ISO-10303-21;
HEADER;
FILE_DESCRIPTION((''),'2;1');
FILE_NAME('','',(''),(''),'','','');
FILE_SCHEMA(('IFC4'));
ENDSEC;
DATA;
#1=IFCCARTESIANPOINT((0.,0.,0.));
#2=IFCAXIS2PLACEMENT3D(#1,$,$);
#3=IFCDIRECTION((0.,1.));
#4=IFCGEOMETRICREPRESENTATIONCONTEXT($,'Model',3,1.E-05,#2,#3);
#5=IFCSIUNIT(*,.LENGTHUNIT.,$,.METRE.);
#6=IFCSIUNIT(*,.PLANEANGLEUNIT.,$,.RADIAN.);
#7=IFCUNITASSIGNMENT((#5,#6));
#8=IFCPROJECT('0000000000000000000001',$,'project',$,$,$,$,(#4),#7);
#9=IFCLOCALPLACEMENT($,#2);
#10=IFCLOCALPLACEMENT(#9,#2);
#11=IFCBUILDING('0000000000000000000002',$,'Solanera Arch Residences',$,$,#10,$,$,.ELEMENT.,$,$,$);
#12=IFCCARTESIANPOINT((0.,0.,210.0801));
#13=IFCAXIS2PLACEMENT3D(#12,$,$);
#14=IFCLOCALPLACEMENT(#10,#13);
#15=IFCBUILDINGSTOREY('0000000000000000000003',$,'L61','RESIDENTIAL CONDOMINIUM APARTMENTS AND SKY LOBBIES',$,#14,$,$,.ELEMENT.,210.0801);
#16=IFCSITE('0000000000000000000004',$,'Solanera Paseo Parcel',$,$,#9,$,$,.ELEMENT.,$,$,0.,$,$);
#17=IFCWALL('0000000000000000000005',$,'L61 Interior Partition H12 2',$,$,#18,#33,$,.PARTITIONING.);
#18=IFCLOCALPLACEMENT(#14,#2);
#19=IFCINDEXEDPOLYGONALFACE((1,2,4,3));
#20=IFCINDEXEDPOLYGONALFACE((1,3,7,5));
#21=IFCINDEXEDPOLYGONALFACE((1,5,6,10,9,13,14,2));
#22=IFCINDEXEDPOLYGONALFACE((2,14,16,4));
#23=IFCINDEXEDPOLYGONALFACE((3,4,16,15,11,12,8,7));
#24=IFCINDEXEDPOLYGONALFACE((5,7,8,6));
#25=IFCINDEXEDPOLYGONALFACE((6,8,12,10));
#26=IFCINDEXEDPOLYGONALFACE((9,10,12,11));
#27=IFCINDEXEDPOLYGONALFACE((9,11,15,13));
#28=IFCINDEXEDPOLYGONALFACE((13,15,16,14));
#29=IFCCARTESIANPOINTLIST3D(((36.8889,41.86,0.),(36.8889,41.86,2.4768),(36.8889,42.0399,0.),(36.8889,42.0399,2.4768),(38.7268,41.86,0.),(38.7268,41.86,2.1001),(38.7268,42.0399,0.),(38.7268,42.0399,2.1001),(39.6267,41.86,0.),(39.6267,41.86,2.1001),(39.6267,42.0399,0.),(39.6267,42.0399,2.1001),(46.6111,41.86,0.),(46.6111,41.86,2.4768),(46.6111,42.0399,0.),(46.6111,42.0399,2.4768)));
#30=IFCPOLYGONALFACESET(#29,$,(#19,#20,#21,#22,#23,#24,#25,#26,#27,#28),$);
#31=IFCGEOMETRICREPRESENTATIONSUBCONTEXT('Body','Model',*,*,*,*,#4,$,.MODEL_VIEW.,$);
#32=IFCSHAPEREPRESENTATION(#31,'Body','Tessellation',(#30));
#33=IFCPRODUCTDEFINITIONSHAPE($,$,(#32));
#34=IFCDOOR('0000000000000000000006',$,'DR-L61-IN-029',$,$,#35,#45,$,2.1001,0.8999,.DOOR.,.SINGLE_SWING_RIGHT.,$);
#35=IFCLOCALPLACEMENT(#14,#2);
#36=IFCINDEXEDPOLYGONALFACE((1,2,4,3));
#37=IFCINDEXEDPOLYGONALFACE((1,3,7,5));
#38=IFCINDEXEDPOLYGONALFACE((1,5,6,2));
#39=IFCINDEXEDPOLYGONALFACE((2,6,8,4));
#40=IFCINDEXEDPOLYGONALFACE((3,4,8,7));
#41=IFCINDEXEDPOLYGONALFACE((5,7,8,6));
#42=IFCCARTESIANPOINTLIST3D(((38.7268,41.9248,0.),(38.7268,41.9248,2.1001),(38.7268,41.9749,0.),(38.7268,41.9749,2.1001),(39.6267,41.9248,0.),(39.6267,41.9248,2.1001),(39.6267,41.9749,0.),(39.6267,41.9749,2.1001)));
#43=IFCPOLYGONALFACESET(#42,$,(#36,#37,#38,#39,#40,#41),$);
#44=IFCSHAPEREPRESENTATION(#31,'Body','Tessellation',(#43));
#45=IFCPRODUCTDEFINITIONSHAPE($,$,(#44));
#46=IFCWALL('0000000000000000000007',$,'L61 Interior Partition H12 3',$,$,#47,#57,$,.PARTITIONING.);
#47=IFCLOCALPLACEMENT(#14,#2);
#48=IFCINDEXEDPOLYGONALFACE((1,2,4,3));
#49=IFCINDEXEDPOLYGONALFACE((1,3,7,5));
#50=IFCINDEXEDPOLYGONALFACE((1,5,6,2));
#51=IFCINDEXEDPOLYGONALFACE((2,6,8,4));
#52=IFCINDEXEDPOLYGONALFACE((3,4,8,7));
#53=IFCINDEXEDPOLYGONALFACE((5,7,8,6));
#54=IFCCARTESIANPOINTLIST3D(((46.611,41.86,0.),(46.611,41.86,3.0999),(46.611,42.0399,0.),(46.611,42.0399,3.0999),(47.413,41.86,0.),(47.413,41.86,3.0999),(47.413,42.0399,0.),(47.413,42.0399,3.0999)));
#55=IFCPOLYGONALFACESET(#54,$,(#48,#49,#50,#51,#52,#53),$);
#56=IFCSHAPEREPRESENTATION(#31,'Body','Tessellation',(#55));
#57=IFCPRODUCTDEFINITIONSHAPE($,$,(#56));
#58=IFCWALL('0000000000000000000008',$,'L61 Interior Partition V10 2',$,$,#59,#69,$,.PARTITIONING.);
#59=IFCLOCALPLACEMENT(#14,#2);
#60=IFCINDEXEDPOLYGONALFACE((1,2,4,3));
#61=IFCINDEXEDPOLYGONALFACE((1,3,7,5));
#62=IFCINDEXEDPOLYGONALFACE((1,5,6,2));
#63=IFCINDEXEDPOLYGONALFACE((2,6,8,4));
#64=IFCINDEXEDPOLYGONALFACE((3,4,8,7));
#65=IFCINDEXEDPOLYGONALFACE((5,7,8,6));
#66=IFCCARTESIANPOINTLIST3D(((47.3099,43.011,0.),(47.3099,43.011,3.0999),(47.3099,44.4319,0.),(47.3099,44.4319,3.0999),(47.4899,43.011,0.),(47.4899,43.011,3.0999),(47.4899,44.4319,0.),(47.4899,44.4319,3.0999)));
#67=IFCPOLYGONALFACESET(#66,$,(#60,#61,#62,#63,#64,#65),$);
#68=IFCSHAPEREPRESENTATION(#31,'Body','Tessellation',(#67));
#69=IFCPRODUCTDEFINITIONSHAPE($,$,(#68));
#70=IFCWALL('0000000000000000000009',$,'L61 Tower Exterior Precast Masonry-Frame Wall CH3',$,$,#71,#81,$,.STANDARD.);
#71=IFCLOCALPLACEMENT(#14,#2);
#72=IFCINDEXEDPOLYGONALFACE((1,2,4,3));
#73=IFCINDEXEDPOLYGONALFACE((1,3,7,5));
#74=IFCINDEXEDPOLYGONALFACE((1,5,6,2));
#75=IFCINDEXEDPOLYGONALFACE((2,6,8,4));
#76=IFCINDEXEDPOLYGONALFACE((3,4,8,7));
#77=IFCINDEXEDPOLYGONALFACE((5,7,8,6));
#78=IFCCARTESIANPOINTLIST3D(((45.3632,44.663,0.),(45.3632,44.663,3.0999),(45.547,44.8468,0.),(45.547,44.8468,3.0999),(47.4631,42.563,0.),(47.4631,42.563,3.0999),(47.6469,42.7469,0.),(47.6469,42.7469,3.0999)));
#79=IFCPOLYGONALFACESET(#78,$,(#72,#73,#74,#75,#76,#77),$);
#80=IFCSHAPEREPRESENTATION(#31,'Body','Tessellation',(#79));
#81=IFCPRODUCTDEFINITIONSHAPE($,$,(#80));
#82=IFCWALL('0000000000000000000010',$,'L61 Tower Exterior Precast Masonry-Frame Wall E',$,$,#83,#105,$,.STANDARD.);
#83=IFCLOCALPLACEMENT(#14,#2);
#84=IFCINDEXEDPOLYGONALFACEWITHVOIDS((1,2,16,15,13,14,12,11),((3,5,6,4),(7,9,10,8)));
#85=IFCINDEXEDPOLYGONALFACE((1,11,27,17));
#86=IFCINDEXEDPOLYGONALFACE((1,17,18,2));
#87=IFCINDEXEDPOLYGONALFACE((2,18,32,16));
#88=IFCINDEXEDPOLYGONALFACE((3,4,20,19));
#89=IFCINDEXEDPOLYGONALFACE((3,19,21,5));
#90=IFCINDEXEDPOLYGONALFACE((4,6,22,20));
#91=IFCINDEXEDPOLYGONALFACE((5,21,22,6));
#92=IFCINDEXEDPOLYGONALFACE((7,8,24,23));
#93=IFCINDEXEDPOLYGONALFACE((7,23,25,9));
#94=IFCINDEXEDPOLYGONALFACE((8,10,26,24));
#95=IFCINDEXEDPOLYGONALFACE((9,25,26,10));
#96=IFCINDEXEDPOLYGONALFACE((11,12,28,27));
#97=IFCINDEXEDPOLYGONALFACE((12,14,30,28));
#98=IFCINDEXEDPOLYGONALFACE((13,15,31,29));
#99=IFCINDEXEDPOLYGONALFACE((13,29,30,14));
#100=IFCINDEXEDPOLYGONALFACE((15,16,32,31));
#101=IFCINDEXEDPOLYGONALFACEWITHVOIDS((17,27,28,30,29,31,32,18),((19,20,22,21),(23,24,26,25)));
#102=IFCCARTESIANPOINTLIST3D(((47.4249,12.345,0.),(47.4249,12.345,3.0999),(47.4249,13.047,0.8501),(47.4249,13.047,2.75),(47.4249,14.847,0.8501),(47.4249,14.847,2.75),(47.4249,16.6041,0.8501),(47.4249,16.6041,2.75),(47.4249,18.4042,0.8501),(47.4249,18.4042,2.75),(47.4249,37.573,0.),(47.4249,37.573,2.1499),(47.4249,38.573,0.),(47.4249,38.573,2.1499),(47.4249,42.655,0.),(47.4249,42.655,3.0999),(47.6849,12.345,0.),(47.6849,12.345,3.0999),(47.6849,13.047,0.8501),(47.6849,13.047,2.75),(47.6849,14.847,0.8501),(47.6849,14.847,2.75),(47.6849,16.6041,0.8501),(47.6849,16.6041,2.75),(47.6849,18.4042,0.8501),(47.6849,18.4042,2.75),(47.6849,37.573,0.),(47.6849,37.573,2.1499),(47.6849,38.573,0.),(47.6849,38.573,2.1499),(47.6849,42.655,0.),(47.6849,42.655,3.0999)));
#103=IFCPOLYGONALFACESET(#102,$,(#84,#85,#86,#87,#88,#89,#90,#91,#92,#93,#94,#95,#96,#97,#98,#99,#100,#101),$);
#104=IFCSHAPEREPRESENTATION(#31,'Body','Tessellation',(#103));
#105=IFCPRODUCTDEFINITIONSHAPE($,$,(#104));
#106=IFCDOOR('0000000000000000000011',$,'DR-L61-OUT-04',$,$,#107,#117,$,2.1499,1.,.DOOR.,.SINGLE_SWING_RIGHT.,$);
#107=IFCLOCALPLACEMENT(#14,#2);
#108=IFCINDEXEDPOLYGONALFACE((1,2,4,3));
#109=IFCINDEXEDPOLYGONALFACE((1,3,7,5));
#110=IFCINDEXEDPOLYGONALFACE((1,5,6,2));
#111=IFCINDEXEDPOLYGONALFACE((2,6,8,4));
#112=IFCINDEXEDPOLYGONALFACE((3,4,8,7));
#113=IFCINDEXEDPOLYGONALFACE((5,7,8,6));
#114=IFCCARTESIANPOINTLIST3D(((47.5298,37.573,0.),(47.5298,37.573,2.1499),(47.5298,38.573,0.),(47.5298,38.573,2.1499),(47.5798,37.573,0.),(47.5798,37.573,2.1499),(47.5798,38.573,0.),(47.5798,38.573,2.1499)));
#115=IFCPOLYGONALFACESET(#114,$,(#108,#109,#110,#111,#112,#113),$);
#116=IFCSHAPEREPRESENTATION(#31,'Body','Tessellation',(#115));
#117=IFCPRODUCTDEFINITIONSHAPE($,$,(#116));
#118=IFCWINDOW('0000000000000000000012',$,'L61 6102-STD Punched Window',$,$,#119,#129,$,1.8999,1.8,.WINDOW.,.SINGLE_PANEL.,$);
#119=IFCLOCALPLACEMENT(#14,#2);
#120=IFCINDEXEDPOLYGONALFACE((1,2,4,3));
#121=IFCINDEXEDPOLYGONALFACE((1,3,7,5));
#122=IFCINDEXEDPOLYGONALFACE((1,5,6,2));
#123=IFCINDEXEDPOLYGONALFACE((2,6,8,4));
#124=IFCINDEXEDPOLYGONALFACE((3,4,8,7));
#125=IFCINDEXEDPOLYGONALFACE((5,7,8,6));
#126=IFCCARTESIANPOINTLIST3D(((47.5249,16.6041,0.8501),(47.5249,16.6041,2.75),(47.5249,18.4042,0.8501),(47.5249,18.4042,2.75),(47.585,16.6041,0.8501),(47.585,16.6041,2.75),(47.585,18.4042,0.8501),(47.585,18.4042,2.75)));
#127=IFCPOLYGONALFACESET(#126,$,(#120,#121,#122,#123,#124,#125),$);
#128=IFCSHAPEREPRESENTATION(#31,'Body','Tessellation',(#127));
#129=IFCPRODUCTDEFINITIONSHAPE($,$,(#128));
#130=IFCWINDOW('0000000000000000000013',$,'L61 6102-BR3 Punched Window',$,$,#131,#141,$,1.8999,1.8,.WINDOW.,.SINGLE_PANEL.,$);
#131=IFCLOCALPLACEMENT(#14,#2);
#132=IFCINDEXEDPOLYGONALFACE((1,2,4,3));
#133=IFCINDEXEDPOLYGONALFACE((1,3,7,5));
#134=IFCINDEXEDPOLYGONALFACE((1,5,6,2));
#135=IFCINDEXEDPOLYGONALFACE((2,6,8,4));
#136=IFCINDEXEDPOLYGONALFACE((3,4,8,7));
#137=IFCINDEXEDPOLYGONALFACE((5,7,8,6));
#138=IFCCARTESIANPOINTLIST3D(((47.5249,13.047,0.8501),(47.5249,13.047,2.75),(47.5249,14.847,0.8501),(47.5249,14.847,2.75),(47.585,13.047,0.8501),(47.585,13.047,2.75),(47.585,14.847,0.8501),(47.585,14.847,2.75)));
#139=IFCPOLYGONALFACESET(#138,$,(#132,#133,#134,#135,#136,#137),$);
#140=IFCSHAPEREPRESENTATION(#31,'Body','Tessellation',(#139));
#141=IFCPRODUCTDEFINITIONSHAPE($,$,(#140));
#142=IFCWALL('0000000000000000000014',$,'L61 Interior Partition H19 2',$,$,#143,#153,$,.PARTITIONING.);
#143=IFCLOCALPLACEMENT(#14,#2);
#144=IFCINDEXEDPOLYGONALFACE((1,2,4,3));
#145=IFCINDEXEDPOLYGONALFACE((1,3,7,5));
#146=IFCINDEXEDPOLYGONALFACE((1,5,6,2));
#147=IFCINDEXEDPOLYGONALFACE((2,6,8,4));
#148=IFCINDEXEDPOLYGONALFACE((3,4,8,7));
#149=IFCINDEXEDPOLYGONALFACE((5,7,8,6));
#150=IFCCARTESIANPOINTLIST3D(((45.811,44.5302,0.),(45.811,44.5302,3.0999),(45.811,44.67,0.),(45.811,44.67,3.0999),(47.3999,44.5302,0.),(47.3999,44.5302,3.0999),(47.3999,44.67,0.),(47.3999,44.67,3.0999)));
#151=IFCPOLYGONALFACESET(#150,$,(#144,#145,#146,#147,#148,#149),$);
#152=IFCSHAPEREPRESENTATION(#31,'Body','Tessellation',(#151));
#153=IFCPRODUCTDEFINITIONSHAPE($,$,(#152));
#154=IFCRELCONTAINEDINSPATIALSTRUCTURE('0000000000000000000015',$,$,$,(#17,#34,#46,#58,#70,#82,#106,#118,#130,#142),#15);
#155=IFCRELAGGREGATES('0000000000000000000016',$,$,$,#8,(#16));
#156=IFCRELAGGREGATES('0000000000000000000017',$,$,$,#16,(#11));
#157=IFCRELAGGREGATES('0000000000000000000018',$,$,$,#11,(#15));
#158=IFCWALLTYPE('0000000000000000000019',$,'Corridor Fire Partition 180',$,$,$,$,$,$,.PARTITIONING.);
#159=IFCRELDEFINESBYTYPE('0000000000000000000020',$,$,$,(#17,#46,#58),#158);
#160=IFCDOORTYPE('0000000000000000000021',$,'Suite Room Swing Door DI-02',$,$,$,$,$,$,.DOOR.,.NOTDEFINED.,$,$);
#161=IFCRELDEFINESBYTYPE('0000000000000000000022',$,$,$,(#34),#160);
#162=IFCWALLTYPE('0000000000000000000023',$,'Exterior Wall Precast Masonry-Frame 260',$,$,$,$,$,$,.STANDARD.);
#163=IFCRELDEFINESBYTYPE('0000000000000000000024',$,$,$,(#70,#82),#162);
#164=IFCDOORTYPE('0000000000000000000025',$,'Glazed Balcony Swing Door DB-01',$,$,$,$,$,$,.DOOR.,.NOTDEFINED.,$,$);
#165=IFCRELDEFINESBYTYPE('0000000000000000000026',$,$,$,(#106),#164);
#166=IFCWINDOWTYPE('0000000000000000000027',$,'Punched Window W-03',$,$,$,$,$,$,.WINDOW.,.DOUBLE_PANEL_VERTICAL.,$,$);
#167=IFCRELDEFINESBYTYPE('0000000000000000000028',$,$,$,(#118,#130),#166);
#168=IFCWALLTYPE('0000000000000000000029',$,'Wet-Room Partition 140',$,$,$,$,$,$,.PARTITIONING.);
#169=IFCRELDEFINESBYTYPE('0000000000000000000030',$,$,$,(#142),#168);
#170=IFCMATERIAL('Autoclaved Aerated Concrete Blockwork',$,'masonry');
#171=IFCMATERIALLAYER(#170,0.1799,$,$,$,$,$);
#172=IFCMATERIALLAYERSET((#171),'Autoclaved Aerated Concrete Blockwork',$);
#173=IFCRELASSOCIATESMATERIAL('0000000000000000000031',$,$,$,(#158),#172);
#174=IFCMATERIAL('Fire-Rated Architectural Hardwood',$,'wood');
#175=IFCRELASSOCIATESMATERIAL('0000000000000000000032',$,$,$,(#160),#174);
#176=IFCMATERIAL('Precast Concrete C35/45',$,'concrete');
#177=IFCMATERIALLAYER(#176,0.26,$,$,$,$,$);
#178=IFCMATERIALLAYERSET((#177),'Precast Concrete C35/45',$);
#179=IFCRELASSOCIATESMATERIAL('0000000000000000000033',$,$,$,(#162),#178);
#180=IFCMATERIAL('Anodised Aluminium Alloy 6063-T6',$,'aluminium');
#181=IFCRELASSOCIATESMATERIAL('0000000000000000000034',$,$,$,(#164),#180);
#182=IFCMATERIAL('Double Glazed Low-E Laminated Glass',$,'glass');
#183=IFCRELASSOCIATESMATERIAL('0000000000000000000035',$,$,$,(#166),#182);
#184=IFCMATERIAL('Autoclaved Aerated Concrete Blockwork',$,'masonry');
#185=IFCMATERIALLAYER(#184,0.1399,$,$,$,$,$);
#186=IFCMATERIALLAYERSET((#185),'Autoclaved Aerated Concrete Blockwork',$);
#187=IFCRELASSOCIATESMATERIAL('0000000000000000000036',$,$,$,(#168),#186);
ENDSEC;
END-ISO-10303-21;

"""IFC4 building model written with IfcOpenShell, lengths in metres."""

from ifc_helpers import new_model, si_unit, direction, frame, frame_2d, origin, place, context, subcontext, project, spatial, rectangle, extrude, material, layer, layer_set, type_object, element, fill, save


model = new_model("IFC4")

# Units and contexts
model_context = context("Model", 3, precision=1e-05, world=origin(), true_north=direction((0.0, 1.0)))
body_context = subcontext(model_context, "Body", "Model", "MODEL_VIEW")
ifc_project = project(units=[si_unit("LENGTHUNIT", "METRE"), si_unit("PLANEANGLEUNIT", "RADIAN")], contexts=[model_context])

# Site, building, storey
site_placement = place(None, origin())
site = spatial("IfcSite", under=ifc_project, at=site_placement, Name="Solanera Paseo Parcel", CompositionType="ELEMENT", RefElevation=0.0)
building_placement = place(site_placement, origin())
building = spatial("IfcBuilding", under=site, at=building_placement, Name="Solanera Arch Residences", CompositionType="ELEMENT")
storey_placement = place(building_placement, frame((0.0, 0.0, 210.0801)))
storey = spatial("IfcBuildingStorey", under=building, at=storey_placement, Name="L61", Description="RESIDENTIAL CONDOMINIUM APARTMENTS AND SKY LOBBIES", CompositionType="ELEMENT", Elevation=210.0801)

# Shared definitions
ifc_material_1 = material(Name="Autoclaved Aerated Concrete Blockwork", Category="masonry")
ifc_layer_1 = layer(ifc_material_1, 0.1799)
ifc_layer_set_1 = layer_set([ifc_layer_1], Name="Autoclaved Aerated Concrete Blockwork")
wall_type_1 = type_object("IfcWallType", Name="Corridor Fire Partition 180", PredefinedType="PARTITIONING", material=ifc_layer_set_1)

# Wall, opening, door
wall_1_placement = place(storey_placement, frame((36.8889, 41.95, 0.0), z_axis=(0.0, 0.0, 1.0), x_axis=(1.0, 0.0, 0.0)))
wall_1 = element("IfcWall", 1, at=wall_1_placement, inside=storey, type_object=wall_type_1, Name="L61 Interior Partition H12 2", PredefinedType="PARTITIONING", context=body_context, shape_type="SweptSolid", body=[
    extrude(rectangle(XDim=9.7222, YDim=0.1799, at=frame_2d((4.8611, 0.0))), origin(), (0.0, 0.0, 1.0), 2.4768),
])
opening_1_placement = place(wall_1_placement, frame((1.8379, 0.0, 0.0)))
opening_1 = element("IfcOpeningElement", 2, at=opening_1_placement, cuts=wall_1, PredefinedType="OPENING", context=body_context, shape_type="SweptSolid", body=[
    extrude(rectangle(XDim=0.8999, YDim=2.1001, at=frame_2d((0.45, 1.05))), frame((0.0, 0.1001, 0.0), z_axis=(0.0, -1.0, 0.0), x_axis=(1.0, 0.0, 0.0)), (0.0, 0.0, 1.0), 0.1999),
])
ifc_material_2 = material(Name="Fire-Rated Architectural Hardwood", Category="wood")
door_type_1 = type_object("IfcDoorType", Name="Suite Room Swing Door DI-02", OperationType="NOTDEFINED", PredefinedType="DOOR", material=ifc_material_2)
door_1_placement = place(opening_1_placement, origin())
door_1 = element("IfcDoor", 3, at=door_1_placement, inside=storey, type_object=door_type_1, Name="DR-L61-IN-029", OperationType="SINGLE_SWING_RIGHT", OverallHeight=2.1001, OverallWidth=0.8999, PredefinedType="DOOR", context=body_context, shape_type="SweptSolid", body=[
    extrude(rectangle(XDim=0.8999, YDim=2.1001, at=frame_2d((0.45, 1.05))), frame((0.0, 0.0249, 0.0), z_axis=(0.0, -1.0, 0.0), x_axis=(1.0, 0.0, 0.0)), (0.0, 0.0, 1.0), 0.05),
])
fill(opening_1, door_1)

# Walls
wall_2_placement = place(storey_placement, frame((46.6111, 41.95, 0.0), z_axis=(0.0, 0.0, 1.0), x_axis=(1.0, 0.0, 0.0)))
element("IfcWall", 4, at=wall_2_placement, inside=storey, type_object=wall_type_1, Name="L61 Interior Partition H12 3", PredefinedType="PARTITIONING", context=body_context, shape_type="SweptSolid", body=[
    extrude(rectangle(XDim=0.802, YDim=0.1799, at=frame_2d((0.4009, 0.0))), origin(), (0.0, 0.0, 1.0), 3.0999),
])
wall_3_placement = place(storey_placement, frame((47.3999, 43.011, 0.0), z_axis=(0.0, 0.0, 1.0), x_axis=(0.0, 1.0, 0.0)))
element("IfcWall", 5, at=wall_3_placement, inside=storey, type_object=wall_type_1, Name="L61 Interior Partition V10 2", PredefinedType="PARTITIONING", context=body_context, shape_type="SweptSolid", body=[
    extrude(rectangle(XDim=1.4209, YDim=0.1799, at=frame_2d((0.7104, 0.0))), origin(), (0.0, 0.0, 1.0), 3.0999),
])
ifc_material_3 = material(Name="Precast Concrete C35/45", Category="concrete")
ifc_layer_2 = layer(ifc_material_3, 0.26)
ifc_layer_set_2 = layer_set([ifc_layer_2], Name="Precast Concrete C35/45")
wall_type_2 = type_object("IfcWallType", Name="Exterior Wall Precast Masonry-Frame 260", PredefinedType="STANDARD", material=ifc_layer_set_2)
wall_4_placement = place(storey_placement, frame((45.4551, 44.7549, 0.0), z_axis=(0.0, 0.0, 1.0), x_axis=(0.707107, -0.707107, 0.0)))
element("IfcWall", 6, at=wall_4_placement, inside=storey, type_object=wall_type_2, Name="L61 Tower Exterior Precast Masonry-Frame Wall CH3", PredefinedType="STANDARD", context=body_context, shape_type="SweptSolid", body=[
    extrude(rectangle(XDim=2.9697, YDim=0.26, at=frame_2d((1.4849, 0.0))), origin(), (0.0, 0.0, 1.0), 3.0999),
])

# Wall, openings, door, windows
wall_5_placement = place(storey_placement, frame((47.5549, 42.655, 0.0), z_axis=(0.0, 0.0, 1.0), x_axis=(0.0, -1.0, 0.0)))
wall_5 = element("IfcWall", 7, at=wall_5_placement, inside=storey, type_object=wall_type_2, Name="L61 Tower Exterior Precast Masonry-Frame Wall E", PredefinedType="STANDARD", context=body_context, shape_type="SweptSolid", body=[
    extrude(rectangle(XDim=30.3101, YDim=0.26, at=frame_2d((15.155, 0.0))), origin(), (0.0, 0.0, 1.0), 3.0999),
])
opening_2_placement = place(wall_5_placement, frame((4.082, 0.0, 0.0)))
opening_2 = element("IfcOpeningElement", 8, at=opening_2_placement, cuts=wall_5, PredefinedType="OPENING", context=body_context, shape_type="SweptSolid", body=[
    extrude(rectangle(XDim=1.0, YDim=2.1499, at=frame_2d((0.5, 1.075))), frame((0.0, 0.1399, 0.0), z_axis=(0.0, -1.0, 0.0), x_axis=(1.0, 0.0, 0.0)), (0.0, 0.0, 1.0), 0.28),
])
opening_3_placement = place(wall_5_placement, frame((24.251, 0.0, 0.8501)))
opening_3 = element("IfcOpeningElement", 9, at=opening_3_placement, cuts=wall_5, PredefinedType="OPENING", context=body_context, shape_type="SweptSolid", body=[
    extrude(rectangle(XDim=1.8, YDim=1.8999, at=frame_2d((0.8999, 0.95))), frame((0.0, 0.1399, 0.0), z_axis=(0.0, -1.0, 0.0), x_axis=(1.0, 0.0, 0.0)), (0.0, 0.0, 1.0), 0.28),
])
opening_4_placement = place(wall_5_placement, frame((27.8081, 0.0, 0.8501)))
opening_4 = element("IfcOpeningElement", 10, at=opening_4_placement, cuts=wall_5, PredefinedType="OPENING", context=body_context, shape_type="SweptSolid", body=[
    extrude(rectangle(XDim=1.8, YDim=1.8999, at=frame_2d((0.8999, 0.95))), frame((0.0, 0.1399, 0.0), z_axis=(0.0, -1.0, 0.0), x_axis=(1.0, 0.0, 0.0)), (0.0, 0.0, 1.0), 0.28),
])
ifc_material_4 = material(Name="Anodised Aluminium Alloy 6063-T6", Category="aluminium")
door_type_2 = type_object("IfcDoorType", Name="Glazed Balcony Swing Door DB-01", OperationType="NOTDEFINED", PredefinedType="DOOR", material=ifc_material_4)
door_2_placement = place(opening_2_placement, origin())
door_2 = element("IfcDoor", 11, at=door_2_placement, inside=storey, type_object=door_type_2, Name="DR-L61-OUT-04", OperationType="SINGLE_SWING_RIGHT", OverallHeight=2.1499, OverallWidth=1.0, PredefinedType="DOOR", context=body_context, shape_type="SweptSolid", body=[
    extrude(rectangle(XDim=1.0, YDim=2.1499, at=frame_2d((0.5, 1.075))), frame((0.0, 0.0249, 0.0), z_axis=(0.0, -1.0, 0.0), x_axis=(1.0, 0.0, 0.0)), (0.0, 0.0, 1.0), 0.05),
])
fill(opening_2, door_2)
ifc_material_5 = material(Name="Double Glazed Low-E Laminated Glass", Category="glass")
window_type = type_object("IfcWindowType", Name="Punched Window W-03", PartitioningType="DOUBLE_PANEL_VERTICAL", PredefinedType="WINDOW", material=ifc_material_5)
window_1_placement = place(opening_3_placement, origin())
window_1 = element("IfcWindow", 12, at=window_1_placement, inside=storey, type_object=window_type, Name="L61 6102-STD Punched Window", OverallHeight=1.8999, OverallWidth=1.8, PartitioningType="SINGLE_PANEL", PredefinedType="WINDOW", context=body_context, shape_type="SweptSolid", body=[
    extrude(rectangle(XDim=1.8, YDim=1.8999, at=frame_2d((0.8999, 0.95))), frame((0.0, 0.03, 0.0), z_axis=(0.0, -1.0, 0.0), x_axis=(1.0, 0.0, 0.0)), (0.0, 0.0, 1.0), 0.0601),
])
fill(opening_3, window_1)
window_2_placement = place(opening_4_placement, origin())
window_2 = element("IfcWindow", 13, at=window_2_placement, inside=storey, type_object=window_type, Name="L61 6102-BR3 Punched Window", OverallHeight=1.8999, OverallWidth=1.8, PartitioningType="SINGLE_PANEL", PredefinedType="WINDOW", context=body_context, shape_type="SweptSolid", body=[
    extrude(rectangle(XDim=1.8, YDim=1.8999, at=frame_2d((0.8999, 0.95))), frame((0.0, 0.03, 0.0), z_axis=(0.0, -1.0, 0.0), x_axis=(1.0, 0.0, 0.0)), (0.0, 0.0, 1.0), 0.0601),
])
fill(opening_4, window_2)

# Wall
ifc_material_6 = material(Name="Autoclaved Aerated Concrete Blockwork", Category="masonry")
ifc_layer_3 = layer(ifc_material_6, 0.1399)
ifc_layer_set_3 = layer_set([ifc_layer_3], Name="Autoclaved Aerated Concrete Blockwork")
wall_type_3 = type_object("IfcWallType", Name="Wet-Room Partition 140", PredefinedType="PARTITIONING", material=ifc_layer_set_3)
wall_6_placement = place(storey_placement, frame((45.811, 44.6001, 0.0), z_axis=(0.0, 0.0, 1.0), x_axis=(1.0, 0.0, 0.0)))
element("IfcWall", 14, at=wall_6_placement, inside=storey, type_object=wall_type_3, Name="L61 Interior Partition H19 2", PredefinedType="PARTITIONING", context=body_context, shape_type="SweptSolid", body=[
    extrude(rectangle(XDim=1.5889, YDim=0.1399, at=frame_2d((0.7944, 0.0))), origin(), (0.0, 0.0, 1.0), 3.0999),
])

save(model, "model.ifc")
